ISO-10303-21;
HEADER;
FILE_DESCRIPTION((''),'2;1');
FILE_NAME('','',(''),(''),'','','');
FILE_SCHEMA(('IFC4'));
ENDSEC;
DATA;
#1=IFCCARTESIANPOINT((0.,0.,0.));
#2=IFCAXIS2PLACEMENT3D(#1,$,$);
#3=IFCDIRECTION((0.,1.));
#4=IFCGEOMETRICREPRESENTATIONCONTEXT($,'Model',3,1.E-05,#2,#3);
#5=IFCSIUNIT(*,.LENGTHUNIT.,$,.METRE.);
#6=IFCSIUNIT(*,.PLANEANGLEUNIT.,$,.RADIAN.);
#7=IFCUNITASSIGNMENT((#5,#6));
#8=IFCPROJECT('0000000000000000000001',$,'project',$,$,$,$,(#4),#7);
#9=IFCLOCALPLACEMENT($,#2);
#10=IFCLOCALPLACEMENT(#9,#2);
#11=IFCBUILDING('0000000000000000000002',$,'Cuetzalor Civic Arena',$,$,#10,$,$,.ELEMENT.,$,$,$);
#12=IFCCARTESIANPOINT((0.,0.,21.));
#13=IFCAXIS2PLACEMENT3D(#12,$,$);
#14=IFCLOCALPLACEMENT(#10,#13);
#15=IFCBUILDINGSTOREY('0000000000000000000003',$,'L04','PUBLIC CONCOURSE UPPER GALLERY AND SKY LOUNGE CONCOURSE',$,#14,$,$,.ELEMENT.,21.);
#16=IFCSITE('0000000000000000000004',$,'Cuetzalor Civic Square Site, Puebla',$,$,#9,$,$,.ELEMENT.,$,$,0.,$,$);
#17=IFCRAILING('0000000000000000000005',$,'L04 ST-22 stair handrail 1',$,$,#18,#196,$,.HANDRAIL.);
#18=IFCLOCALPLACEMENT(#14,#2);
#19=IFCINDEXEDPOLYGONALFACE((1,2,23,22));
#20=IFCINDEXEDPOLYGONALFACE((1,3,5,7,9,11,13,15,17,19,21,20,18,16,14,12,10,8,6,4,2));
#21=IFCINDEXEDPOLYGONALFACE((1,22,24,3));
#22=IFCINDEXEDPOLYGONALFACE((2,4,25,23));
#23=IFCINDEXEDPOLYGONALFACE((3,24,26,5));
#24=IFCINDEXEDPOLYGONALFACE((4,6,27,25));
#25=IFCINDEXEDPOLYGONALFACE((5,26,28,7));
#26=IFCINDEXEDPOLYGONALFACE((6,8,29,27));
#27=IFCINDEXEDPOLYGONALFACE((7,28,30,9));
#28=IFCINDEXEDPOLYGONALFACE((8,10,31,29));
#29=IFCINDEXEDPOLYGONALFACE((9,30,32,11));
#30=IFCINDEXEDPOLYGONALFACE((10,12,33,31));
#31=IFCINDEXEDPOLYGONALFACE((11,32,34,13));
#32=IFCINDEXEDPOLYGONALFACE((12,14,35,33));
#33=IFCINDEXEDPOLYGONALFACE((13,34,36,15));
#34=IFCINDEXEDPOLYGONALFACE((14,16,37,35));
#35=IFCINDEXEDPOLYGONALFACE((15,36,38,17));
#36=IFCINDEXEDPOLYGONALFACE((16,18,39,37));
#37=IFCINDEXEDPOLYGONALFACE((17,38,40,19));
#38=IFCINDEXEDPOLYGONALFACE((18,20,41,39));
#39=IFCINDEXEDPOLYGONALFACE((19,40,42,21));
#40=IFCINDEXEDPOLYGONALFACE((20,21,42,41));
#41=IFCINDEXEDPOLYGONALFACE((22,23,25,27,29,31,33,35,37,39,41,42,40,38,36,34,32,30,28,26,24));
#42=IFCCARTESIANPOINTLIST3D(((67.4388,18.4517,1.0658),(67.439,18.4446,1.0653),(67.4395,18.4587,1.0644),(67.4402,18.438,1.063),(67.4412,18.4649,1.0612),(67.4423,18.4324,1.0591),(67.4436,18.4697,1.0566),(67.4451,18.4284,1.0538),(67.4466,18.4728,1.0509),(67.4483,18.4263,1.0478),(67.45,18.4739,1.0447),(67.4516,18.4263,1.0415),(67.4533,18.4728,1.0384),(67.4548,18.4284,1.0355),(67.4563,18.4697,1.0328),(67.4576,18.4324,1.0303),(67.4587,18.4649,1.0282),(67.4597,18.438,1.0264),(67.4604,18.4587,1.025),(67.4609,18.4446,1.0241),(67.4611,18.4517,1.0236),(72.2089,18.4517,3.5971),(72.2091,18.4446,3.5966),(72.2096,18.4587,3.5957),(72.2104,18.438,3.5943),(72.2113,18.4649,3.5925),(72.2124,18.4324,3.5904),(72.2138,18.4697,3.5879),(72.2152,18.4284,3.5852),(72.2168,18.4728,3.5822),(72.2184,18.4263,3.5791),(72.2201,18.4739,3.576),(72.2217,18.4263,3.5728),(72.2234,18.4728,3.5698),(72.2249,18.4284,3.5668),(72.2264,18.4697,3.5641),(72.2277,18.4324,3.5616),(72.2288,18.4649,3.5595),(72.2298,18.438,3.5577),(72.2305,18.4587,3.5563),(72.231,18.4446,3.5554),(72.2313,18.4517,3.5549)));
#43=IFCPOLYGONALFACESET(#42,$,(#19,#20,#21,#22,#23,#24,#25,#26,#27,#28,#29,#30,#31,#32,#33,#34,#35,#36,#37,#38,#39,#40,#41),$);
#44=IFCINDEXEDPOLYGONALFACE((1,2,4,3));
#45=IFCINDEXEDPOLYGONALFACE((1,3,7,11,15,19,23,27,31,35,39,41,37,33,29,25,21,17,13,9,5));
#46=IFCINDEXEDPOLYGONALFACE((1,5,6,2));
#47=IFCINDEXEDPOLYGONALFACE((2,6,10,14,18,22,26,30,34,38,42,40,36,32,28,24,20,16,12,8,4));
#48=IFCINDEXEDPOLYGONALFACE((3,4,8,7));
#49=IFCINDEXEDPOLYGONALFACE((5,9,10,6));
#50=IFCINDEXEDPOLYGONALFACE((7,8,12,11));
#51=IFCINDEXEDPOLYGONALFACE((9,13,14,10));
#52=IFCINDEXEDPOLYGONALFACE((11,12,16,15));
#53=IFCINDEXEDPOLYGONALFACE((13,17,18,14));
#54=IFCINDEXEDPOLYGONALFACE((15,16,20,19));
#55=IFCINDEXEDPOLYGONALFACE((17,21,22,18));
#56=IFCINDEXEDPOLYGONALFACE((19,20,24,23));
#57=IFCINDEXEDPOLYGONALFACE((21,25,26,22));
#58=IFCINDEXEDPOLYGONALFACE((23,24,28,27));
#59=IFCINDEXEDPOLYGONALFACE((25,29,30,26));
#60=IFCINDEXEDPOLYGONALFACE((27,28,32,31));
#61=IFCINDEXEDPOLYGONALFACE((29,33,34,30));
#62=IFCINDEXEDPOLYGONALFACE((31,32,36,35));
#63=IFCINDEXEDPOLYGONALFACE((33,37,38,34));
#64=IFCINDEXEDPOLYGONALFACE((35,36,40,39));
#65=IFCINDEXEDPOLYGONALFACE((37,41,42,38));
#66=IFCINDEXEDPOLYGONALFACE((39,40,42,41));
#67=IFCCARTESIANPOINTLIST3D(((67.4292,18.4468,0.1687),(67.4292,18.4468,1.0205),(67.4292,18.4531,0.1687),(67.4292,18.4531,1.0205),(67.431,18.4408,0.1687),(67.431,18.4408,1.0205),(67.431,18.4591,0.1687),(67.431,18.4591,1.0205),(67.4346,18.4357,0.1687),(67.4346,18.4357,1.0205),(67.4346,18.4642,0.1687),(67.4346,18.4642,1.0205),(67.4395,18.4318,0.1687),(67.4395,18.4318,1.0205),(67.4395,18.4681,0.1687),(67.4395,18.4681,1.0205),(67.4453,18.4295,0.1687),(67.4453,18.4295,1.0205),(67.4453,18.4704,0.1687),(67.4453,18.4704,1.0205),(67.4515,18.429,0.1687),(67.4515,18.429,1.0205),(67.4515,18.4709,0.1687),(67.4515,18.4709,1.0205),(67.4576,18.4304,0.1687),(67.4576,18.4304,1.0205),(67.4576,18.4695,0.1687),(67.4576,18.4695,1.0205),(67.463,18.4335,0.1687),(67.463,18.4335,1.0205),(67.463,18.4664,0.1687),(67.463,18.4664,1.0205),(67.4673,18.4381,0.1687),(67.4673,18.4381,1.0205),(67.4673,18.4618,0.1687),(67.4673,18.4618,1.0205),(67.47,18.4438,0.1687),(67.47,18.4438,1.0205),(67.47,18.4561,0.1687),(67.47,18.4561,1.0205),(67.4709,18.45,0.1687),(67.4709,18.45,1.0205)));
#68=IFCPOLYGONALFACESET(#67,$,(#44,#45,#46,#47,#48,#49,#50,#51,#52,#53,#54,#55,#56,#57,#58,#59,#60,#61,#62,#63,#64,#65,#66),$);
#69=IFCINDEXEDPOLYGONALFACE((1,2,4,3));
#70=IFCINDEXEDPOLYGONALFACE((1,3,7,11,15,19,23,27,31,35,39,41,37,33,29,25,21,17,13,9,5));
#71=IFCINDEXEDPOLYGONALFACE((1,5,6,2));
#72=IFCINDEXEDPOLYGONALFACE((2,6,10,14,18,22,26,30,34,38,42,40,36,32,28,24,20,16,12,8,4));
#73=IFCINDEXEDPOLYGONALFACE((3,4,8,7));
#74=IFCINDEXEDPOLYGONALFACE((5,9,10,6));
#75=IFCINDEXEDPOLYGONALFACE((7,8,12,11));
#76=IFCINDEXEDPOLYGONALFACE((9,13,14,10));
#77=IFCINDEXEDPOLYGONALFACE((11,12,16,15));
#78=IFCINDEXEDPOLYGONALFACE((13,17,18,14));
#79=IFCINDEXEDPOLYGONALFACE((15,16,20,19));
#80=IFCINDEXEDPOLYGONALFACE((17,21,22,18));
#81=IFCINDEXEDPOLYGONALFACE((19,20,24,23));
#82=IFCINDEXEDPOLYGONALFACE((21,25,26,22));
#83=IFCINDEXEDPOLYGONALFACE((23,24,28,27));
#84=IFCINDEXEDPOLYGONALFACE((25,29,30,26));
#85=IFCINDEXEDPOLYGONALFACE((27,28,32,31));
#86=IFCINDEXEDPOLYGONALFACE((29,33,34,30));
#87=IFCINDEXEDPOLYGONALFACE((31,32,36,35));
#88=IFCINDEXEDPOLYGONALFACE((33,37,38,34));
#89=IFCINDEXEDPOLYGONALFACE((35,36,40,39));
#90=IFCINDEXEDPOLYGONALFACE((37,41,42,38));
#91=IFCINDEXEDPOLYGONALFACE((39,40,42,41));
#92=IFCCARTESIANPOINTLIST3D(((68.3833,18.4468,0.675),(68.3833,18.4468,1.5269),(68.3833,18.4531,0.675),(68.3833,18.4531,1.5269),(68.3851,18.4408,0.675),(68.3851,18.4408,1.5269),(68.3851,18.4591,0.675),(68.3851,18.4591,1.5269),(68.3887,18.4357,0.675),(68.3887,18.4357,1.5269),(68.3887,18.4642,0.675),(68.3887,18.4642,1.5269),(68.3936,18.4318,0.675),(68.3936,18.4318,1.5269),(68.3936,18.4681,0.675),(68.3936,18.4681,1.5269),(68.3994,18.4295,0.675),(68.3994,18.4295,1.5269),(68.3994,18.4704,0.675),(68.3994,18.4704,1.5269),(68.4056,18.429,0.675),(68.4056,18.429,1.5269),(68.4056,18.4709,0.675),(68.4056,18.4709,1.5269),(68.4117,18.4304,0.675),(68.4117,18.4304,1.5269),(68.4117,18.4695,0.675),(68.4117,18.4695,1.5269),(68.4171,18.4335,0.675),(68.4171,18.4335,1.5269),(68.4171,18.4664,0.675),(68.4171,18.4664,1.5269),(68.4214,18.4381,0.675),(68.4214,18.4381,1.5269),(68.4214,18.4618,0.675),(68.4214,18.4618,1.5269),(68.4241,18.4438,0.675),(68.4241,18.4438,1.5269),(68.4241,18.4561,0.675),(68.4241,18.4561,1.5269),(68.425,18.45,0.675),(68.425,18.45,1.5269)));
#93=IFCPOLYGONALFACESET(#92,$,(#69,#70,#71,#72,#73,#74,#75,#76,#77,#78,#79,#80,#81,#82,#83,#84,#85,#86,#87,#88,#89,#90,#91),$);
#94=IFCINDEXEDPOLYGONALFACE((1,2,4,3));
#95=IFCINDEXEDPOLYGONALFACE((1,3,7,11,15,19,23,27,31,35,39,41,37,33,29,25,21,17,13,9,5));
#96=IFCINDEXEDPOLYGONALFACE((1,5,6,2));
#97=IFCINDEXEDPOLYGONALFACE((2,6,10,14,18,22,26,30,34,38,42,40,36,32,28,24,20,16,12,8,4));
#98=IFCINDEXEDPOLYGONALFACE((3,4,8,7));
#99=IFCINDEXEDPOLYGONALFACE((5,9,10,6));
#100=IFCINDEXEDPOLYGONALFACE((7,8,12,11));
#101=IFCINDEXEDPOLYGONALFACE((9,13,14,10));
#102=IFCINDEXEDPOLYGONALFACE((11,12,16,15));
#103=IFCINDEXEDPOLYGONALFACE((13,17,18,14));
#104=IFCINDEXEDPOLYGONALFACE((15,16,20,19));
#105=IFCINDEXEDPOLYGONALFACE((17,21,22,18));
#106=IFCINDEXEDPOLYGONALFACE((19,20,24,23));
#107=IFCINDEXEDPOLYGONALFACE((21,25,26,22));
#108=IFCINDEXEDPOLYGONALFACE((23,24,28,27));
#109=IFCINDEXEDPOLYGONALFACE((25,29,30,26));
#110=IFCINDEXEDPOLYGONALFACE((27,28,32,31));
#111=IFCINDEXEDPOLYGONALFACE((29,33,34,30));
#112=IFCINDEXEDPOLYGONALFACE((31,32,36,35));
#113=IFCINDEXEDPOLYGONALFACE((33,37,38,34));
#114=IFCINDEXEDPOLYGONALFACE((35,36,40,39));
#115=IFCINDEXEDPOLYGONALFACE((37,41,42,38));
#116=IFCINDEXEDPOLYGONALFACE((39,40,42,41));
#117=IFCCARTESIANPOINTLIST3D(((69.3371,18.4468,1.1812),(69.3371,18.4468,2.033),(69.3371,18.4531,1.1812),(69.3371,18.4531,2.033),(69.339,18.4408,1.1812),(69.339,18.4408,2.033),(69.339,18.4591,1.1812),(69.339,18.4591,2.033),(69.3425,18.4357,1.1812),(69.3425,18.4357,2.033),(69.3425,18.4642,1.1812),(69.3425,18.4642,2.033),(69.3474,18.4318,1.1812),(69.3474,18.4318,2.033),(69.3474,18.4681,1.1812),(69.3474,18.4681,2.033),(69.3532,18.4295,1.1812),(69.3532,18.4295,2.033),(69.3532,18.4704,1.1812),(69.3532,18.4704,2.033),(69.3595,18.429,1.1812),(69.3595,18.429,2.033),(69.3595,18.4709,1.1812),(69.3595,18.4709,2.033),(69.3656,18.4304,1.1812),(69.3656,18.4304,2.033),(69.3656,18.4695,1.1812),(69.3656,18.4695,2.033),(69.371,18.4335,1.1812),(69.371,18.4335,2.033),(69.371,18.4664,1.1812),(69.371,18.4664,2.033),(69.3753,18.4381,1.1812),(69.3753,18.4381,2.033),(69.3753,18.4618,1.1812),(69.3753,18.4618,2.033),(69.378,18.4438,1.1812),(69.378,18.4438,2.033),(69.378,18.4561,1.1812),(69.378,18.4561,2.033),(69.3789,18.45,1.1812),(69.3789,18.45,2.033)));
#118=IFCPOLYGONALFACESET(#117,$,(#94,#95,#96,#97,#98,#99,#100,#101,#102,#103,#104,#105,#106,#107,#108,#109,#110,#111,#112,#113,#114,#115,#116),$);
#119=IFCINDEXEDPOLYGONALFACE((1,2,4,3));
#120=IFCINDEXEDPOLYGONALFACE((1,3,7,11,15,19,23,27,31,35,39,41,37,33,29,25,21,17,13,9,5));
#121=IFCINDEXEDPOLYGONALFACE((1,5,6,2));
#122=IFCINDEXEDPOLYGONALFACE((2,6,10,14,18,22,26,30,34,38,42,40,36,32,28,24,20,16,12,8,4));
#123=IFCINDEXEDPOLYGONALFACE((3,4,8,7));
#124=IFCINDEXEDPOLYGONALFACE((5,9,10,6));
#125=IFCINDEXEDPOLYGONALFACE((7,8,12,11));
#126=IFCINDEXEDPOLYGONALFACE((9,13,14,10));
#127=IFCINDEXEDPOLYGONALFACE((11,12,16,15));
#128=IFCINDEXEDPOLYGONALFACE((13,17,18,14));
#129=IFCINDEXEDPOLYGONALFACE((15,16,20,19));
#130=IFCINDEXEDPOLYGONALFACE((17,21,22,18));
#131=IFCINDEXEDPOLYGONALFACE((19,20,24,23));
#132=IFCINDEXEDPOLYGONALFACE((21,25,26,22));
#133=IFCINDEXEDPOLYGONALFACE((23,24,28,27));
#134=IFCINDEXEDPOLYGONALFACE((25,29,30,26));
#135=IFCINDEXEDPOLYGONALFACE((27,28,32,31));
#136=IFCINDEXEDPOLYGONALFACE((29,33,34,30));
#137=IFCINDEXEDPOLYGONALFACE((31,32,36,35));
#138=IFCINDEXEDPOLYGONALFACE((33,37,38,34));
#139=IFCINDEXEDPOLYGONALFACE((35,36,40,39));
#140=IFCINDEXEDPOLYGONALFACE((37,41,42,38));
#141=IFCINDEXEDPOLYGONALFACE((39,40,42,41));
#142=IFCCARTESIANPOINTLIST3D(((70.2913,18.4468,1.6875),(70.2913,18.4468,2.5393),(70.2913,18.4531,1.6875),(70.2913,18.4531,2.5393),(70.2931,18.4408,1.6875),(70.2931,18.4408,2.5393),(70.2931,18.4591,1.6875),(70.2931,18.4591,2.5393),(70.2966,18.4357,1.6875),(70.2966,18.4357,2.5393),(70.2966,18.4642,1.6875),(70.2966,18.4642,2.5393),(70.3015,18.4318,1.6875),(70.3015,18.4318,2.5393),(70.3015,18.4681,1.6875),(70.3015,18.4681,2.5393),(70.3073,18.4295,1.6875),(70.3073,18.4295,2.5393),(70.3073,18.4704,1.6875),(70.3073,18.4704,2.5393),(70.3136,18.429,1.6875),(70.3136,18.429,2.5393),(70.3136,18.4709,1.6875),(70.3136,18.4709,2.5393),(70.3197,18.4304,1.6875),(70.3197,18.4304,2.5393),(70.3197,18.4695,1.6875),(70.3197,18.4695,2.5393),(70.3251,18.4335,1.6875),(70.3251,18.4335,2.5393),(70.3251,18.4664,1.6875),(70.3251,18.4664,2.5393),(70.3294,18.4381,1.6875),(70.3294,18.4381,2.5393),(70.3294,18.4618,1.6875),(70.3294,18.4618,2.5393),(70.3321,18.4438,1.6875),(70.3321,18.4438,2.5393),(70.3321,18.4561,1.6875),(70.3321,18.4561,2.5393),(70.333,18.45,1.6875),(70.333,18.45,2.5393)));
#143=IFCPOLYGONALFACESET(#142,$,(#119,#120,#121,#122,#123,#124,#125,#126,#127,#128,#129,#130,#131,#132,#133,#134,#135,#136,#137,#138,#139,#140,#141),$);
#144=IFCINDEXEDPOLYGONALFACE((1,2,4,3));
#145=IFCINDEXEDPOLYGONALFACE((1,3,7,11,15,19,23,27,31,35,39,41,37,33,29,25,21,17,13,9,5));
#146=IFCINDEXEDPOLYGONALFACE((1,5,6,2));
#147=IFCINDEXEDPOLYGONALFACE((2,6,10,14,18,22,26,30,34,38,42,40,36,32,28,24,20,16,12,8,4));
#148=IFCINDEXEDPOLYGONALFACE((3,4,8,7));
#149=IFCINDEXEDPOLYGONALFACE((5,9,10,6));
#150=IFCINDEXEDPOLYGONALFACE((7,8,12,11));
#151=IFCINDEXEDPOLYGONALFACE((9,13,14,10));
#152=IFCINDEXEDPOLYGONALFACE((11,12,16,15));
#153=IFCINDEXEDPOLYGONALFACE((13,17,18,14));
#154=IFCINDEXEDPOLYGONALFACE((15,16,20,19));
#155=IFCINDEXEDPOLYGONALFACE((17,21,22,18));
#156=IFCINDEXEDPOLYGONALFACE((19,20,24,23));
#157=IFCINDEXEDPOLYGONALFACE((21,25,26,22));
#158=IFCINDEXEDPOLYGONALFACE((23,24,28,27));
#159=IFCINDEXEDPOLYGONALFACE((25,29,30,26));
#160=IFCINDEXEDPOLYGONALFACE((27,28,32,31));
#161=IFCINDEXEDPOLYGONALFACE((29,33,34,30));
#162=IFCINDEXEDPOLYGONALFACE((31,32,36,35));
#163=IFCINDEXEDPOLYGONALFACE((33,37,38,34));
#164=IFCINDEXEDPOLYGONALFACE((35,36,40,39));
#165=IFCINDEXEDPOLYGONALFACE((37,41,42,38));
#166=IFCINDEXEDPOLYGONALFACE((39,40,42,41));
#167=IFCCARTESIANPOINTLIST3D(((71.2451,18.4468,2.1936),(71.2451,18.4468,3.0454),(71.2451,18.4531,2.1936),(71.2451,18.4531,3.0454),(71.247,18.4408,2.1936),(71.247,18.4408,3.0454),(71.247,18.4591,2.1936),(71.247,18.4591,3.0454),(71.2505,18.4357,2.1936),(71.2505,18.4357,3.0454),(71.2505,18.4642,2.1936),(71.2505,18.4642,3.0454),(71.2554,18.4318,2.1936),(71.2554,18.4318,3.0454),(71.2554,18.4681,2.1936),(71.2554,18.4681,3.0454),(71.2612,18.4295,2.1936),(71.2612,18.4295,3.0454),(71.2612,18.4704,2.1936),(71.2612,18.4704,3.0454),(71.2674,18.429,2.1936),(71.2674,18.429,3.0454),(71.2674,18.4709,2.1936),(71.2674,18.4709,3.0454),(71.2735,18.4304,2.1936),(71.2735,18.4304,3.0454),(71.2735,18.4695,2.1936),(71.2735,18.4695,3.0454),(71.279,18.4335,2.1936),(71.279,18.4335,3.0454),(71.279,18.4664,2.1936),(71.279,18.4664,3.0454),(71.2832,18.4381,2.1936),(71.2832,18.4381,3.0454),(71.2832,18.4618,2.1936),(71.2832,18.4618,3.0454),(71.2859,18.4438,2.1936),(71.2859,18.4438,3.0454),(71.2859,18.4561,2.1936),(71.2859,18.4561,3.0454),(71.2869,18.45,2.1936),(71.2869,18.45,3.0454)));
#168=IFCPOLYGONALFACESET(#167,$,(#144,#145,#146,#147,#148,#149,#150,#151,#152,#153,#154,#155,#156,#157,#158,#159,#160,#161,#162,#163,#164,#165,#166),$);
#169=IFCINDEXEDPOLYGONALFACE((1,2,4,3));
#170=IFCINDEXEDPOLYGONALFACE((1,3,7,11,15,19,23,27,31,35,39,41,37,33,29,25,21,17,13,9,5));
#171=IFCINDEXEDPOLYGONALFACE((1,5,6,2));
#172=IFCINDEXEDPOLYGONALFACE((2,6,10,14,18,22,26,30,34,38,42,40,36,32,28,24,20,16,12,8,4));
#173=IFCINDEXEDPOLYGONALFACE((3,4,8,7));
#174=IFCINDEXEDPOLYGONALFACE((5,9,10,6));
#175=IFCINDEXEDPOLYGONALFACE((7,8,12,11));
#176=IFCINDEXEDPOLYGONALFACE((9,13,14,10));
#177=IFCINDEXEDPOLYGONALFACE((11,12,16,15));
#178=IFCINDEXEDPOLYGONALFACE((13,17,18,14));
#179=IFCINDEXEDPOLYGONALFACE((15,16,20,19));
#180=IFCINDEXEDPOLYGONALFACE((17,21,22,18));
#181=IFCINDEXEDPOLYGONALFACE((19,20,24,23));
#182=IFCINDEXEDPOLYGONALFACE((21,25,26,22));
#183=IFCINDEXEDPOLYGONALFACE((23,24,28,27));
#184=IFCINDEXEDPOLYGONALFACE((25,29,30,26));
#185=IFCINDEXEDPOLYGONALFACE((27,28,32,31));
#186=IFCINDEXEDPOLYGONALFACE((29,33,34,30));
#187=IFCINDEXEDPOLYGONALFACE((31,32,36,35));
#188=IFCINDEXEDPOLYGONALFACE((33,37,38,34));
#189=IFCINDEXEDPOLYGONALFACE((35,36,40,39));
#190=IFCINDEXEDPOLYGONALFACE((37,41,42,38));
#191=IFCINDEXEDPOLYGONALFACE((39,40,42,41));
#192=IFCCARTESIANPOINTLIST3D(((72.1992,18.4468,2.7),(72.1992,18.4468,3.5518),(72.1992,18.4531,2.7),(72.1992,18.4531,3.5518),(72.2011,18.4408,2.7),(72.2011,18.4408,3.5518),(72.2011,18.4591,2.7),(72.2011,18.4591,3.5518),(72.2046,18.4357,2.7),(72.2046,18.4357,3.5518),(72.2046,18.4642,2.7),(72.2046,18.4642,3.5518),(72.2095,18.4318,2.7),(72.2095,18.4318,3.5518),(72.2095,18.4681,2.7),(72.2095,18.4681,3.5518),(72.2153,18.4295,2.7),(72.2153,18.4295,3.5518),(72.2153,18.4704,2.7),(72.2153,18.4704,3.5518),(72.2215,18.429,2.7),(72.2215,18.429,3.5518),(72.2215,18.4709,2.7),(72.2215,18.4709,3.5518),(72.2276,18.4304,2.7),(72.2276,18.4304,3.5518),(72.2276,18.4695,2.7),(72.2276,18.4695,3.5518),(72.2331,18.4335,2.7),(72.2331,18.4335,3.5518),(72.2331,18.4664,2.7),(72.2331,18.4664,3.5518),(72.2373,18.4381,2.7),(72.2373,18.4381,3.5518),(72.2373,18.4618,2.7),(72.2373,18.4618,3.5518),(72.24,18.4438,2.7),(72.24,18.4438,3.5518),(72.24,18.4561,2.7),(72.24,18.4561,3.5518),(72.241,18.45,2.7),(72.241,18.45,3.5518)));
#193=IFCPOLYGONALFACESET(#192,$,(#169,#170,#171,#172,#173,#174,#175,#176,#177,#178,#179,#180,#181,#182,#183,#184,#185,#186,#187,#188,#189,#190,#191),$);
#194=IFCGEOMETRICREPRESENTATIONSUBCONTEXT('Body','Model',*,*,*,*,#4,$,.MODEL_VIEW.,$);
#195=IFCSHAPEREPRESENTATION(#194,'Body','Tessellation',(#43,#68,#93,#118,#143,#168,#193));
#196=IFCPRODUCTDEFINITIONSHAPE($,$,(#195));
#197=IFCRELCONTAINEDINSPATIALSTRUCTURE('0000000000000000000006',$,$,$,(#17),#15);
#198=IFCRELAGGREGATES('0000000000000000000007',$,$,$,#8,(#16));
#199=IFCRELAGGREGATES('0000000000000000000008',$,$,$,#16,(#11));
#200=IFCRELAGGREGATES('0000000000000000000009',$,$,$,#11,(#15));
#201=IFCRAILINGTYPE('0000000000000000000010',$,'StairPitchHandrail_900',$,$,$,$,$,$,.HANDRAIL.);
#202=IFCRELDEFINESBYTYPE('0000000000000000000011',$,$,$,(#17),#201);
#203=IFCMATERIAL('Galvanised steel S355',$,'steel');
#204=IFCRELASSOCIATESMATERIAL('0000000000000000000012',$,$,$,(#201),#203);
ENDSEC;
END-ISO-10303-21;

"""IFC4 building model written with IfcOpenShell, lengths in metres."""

from ifc_helpers import new_model, si_unit, direction, frame, origin, origin_2d, place, context, subcontext, project, spatial, circle, extrude, material, type_object, element, save


model = new_model("IFC4")

# Units and contexts
model_context = context("Model", 3, precision=1e-05, world=origin(), true_north=direction((0.0, 1.0)))
body_context = subcontext(model_context, "Body", "Model", "MODEL_VIEW")
ifc_project = project(units=[si_unit("LENGTHUNIT", "METRE"), si_unit("PLANEANGLEUNIT", "RADIAN")], contexts=[model_context])

# Site, building, storey
site_placement = place(None, origin())
site = spatial("IfcSite", under=ifc_project, at=site_placement, Name="Cuetzalor Civic Square Site, Puebla", CompositionType="ELEMENT", RefElevation=0.0)
building_placement = place(site_placement, origin())
building = spatial("IfcBuilding", under=site, at=building_placement, Name="Cuetzalor Civic Arena", CompositionType="ELEMENT")
storey_placement = place(building_placement, frame((0.0, 0.0, 21.0)))
storey = spatial("IfcBuildingStorey", under=building, at=storey_placement, Name="L04", Description="PUBLIC CONCOURSE UPPER GALLERY AND SKY LOUNGE CONCOURSE", CompositionType="ELEMENT", Elevation=21.0)

# Railing
ifc_material_1 = material(Name="Galvanised steel S355", Category="steel")
railing_type_1 = type_object("IfcRailingType", Name="StairPitchHandrail_900", PredefinedType="HANDRAIL", material=ifc_material_1)
railing_1_placement = place(storey_placement, frame((67.45, 18.45, 0.1687)))
element("IfcRailing", 1, at=railing_1_placement, inside=storey, type_object=railing_type_1, Name="L04 ST-22 stair handrail 1", PredefinedType="HANDRAIL", context=body_context, shape_type="SweptSolid", body=[
    extrude(circle(Radius=0.0239, at=origin_2d()), frame((0.0, 0.0, 0.876), z_axis=(0.883332, 0.0, 0.468747), x_axis=(0.0, 1.0, 0.0)), (0.0, 0.0, 1.0), 5.4001),
    extrude(circle(Radius=0.021, at=origin_2d()), origin(), (0.0, 0.0, 1.0), 0.8518),
    extrude(circle(Radius=0.021, at=origin_2d()), frame((0.9541, 0.0, 0.5063)), (0.0, 0.0, 1.0), 0.8518),
    extrude(circle(Radius=0.021, at=origin_2d()), frame((1.908, 0.0, 1.0125)), (0.0, 0.0, 1.0), 0.8518),
    extrude(circle(Radius=0.021, at=origin_2d()), frame((2.8621, 0.0, 1.5188)), (0.0, 0.0, 1.0), 0.8518),
    extrude(circle(Radius=0.021, at=origin_2d()), frame((3.8159, 0.0, 2.0249)), (0.0, 0.0, 1.0), 0.8518),
    extrude(circle(Radius=0.021, at=origin_2d()), frame((4.77, 0.0, 2.5312)), (0.0, 0.0, 1.0), 0.8518),
])

save(model, "model.ifc")
